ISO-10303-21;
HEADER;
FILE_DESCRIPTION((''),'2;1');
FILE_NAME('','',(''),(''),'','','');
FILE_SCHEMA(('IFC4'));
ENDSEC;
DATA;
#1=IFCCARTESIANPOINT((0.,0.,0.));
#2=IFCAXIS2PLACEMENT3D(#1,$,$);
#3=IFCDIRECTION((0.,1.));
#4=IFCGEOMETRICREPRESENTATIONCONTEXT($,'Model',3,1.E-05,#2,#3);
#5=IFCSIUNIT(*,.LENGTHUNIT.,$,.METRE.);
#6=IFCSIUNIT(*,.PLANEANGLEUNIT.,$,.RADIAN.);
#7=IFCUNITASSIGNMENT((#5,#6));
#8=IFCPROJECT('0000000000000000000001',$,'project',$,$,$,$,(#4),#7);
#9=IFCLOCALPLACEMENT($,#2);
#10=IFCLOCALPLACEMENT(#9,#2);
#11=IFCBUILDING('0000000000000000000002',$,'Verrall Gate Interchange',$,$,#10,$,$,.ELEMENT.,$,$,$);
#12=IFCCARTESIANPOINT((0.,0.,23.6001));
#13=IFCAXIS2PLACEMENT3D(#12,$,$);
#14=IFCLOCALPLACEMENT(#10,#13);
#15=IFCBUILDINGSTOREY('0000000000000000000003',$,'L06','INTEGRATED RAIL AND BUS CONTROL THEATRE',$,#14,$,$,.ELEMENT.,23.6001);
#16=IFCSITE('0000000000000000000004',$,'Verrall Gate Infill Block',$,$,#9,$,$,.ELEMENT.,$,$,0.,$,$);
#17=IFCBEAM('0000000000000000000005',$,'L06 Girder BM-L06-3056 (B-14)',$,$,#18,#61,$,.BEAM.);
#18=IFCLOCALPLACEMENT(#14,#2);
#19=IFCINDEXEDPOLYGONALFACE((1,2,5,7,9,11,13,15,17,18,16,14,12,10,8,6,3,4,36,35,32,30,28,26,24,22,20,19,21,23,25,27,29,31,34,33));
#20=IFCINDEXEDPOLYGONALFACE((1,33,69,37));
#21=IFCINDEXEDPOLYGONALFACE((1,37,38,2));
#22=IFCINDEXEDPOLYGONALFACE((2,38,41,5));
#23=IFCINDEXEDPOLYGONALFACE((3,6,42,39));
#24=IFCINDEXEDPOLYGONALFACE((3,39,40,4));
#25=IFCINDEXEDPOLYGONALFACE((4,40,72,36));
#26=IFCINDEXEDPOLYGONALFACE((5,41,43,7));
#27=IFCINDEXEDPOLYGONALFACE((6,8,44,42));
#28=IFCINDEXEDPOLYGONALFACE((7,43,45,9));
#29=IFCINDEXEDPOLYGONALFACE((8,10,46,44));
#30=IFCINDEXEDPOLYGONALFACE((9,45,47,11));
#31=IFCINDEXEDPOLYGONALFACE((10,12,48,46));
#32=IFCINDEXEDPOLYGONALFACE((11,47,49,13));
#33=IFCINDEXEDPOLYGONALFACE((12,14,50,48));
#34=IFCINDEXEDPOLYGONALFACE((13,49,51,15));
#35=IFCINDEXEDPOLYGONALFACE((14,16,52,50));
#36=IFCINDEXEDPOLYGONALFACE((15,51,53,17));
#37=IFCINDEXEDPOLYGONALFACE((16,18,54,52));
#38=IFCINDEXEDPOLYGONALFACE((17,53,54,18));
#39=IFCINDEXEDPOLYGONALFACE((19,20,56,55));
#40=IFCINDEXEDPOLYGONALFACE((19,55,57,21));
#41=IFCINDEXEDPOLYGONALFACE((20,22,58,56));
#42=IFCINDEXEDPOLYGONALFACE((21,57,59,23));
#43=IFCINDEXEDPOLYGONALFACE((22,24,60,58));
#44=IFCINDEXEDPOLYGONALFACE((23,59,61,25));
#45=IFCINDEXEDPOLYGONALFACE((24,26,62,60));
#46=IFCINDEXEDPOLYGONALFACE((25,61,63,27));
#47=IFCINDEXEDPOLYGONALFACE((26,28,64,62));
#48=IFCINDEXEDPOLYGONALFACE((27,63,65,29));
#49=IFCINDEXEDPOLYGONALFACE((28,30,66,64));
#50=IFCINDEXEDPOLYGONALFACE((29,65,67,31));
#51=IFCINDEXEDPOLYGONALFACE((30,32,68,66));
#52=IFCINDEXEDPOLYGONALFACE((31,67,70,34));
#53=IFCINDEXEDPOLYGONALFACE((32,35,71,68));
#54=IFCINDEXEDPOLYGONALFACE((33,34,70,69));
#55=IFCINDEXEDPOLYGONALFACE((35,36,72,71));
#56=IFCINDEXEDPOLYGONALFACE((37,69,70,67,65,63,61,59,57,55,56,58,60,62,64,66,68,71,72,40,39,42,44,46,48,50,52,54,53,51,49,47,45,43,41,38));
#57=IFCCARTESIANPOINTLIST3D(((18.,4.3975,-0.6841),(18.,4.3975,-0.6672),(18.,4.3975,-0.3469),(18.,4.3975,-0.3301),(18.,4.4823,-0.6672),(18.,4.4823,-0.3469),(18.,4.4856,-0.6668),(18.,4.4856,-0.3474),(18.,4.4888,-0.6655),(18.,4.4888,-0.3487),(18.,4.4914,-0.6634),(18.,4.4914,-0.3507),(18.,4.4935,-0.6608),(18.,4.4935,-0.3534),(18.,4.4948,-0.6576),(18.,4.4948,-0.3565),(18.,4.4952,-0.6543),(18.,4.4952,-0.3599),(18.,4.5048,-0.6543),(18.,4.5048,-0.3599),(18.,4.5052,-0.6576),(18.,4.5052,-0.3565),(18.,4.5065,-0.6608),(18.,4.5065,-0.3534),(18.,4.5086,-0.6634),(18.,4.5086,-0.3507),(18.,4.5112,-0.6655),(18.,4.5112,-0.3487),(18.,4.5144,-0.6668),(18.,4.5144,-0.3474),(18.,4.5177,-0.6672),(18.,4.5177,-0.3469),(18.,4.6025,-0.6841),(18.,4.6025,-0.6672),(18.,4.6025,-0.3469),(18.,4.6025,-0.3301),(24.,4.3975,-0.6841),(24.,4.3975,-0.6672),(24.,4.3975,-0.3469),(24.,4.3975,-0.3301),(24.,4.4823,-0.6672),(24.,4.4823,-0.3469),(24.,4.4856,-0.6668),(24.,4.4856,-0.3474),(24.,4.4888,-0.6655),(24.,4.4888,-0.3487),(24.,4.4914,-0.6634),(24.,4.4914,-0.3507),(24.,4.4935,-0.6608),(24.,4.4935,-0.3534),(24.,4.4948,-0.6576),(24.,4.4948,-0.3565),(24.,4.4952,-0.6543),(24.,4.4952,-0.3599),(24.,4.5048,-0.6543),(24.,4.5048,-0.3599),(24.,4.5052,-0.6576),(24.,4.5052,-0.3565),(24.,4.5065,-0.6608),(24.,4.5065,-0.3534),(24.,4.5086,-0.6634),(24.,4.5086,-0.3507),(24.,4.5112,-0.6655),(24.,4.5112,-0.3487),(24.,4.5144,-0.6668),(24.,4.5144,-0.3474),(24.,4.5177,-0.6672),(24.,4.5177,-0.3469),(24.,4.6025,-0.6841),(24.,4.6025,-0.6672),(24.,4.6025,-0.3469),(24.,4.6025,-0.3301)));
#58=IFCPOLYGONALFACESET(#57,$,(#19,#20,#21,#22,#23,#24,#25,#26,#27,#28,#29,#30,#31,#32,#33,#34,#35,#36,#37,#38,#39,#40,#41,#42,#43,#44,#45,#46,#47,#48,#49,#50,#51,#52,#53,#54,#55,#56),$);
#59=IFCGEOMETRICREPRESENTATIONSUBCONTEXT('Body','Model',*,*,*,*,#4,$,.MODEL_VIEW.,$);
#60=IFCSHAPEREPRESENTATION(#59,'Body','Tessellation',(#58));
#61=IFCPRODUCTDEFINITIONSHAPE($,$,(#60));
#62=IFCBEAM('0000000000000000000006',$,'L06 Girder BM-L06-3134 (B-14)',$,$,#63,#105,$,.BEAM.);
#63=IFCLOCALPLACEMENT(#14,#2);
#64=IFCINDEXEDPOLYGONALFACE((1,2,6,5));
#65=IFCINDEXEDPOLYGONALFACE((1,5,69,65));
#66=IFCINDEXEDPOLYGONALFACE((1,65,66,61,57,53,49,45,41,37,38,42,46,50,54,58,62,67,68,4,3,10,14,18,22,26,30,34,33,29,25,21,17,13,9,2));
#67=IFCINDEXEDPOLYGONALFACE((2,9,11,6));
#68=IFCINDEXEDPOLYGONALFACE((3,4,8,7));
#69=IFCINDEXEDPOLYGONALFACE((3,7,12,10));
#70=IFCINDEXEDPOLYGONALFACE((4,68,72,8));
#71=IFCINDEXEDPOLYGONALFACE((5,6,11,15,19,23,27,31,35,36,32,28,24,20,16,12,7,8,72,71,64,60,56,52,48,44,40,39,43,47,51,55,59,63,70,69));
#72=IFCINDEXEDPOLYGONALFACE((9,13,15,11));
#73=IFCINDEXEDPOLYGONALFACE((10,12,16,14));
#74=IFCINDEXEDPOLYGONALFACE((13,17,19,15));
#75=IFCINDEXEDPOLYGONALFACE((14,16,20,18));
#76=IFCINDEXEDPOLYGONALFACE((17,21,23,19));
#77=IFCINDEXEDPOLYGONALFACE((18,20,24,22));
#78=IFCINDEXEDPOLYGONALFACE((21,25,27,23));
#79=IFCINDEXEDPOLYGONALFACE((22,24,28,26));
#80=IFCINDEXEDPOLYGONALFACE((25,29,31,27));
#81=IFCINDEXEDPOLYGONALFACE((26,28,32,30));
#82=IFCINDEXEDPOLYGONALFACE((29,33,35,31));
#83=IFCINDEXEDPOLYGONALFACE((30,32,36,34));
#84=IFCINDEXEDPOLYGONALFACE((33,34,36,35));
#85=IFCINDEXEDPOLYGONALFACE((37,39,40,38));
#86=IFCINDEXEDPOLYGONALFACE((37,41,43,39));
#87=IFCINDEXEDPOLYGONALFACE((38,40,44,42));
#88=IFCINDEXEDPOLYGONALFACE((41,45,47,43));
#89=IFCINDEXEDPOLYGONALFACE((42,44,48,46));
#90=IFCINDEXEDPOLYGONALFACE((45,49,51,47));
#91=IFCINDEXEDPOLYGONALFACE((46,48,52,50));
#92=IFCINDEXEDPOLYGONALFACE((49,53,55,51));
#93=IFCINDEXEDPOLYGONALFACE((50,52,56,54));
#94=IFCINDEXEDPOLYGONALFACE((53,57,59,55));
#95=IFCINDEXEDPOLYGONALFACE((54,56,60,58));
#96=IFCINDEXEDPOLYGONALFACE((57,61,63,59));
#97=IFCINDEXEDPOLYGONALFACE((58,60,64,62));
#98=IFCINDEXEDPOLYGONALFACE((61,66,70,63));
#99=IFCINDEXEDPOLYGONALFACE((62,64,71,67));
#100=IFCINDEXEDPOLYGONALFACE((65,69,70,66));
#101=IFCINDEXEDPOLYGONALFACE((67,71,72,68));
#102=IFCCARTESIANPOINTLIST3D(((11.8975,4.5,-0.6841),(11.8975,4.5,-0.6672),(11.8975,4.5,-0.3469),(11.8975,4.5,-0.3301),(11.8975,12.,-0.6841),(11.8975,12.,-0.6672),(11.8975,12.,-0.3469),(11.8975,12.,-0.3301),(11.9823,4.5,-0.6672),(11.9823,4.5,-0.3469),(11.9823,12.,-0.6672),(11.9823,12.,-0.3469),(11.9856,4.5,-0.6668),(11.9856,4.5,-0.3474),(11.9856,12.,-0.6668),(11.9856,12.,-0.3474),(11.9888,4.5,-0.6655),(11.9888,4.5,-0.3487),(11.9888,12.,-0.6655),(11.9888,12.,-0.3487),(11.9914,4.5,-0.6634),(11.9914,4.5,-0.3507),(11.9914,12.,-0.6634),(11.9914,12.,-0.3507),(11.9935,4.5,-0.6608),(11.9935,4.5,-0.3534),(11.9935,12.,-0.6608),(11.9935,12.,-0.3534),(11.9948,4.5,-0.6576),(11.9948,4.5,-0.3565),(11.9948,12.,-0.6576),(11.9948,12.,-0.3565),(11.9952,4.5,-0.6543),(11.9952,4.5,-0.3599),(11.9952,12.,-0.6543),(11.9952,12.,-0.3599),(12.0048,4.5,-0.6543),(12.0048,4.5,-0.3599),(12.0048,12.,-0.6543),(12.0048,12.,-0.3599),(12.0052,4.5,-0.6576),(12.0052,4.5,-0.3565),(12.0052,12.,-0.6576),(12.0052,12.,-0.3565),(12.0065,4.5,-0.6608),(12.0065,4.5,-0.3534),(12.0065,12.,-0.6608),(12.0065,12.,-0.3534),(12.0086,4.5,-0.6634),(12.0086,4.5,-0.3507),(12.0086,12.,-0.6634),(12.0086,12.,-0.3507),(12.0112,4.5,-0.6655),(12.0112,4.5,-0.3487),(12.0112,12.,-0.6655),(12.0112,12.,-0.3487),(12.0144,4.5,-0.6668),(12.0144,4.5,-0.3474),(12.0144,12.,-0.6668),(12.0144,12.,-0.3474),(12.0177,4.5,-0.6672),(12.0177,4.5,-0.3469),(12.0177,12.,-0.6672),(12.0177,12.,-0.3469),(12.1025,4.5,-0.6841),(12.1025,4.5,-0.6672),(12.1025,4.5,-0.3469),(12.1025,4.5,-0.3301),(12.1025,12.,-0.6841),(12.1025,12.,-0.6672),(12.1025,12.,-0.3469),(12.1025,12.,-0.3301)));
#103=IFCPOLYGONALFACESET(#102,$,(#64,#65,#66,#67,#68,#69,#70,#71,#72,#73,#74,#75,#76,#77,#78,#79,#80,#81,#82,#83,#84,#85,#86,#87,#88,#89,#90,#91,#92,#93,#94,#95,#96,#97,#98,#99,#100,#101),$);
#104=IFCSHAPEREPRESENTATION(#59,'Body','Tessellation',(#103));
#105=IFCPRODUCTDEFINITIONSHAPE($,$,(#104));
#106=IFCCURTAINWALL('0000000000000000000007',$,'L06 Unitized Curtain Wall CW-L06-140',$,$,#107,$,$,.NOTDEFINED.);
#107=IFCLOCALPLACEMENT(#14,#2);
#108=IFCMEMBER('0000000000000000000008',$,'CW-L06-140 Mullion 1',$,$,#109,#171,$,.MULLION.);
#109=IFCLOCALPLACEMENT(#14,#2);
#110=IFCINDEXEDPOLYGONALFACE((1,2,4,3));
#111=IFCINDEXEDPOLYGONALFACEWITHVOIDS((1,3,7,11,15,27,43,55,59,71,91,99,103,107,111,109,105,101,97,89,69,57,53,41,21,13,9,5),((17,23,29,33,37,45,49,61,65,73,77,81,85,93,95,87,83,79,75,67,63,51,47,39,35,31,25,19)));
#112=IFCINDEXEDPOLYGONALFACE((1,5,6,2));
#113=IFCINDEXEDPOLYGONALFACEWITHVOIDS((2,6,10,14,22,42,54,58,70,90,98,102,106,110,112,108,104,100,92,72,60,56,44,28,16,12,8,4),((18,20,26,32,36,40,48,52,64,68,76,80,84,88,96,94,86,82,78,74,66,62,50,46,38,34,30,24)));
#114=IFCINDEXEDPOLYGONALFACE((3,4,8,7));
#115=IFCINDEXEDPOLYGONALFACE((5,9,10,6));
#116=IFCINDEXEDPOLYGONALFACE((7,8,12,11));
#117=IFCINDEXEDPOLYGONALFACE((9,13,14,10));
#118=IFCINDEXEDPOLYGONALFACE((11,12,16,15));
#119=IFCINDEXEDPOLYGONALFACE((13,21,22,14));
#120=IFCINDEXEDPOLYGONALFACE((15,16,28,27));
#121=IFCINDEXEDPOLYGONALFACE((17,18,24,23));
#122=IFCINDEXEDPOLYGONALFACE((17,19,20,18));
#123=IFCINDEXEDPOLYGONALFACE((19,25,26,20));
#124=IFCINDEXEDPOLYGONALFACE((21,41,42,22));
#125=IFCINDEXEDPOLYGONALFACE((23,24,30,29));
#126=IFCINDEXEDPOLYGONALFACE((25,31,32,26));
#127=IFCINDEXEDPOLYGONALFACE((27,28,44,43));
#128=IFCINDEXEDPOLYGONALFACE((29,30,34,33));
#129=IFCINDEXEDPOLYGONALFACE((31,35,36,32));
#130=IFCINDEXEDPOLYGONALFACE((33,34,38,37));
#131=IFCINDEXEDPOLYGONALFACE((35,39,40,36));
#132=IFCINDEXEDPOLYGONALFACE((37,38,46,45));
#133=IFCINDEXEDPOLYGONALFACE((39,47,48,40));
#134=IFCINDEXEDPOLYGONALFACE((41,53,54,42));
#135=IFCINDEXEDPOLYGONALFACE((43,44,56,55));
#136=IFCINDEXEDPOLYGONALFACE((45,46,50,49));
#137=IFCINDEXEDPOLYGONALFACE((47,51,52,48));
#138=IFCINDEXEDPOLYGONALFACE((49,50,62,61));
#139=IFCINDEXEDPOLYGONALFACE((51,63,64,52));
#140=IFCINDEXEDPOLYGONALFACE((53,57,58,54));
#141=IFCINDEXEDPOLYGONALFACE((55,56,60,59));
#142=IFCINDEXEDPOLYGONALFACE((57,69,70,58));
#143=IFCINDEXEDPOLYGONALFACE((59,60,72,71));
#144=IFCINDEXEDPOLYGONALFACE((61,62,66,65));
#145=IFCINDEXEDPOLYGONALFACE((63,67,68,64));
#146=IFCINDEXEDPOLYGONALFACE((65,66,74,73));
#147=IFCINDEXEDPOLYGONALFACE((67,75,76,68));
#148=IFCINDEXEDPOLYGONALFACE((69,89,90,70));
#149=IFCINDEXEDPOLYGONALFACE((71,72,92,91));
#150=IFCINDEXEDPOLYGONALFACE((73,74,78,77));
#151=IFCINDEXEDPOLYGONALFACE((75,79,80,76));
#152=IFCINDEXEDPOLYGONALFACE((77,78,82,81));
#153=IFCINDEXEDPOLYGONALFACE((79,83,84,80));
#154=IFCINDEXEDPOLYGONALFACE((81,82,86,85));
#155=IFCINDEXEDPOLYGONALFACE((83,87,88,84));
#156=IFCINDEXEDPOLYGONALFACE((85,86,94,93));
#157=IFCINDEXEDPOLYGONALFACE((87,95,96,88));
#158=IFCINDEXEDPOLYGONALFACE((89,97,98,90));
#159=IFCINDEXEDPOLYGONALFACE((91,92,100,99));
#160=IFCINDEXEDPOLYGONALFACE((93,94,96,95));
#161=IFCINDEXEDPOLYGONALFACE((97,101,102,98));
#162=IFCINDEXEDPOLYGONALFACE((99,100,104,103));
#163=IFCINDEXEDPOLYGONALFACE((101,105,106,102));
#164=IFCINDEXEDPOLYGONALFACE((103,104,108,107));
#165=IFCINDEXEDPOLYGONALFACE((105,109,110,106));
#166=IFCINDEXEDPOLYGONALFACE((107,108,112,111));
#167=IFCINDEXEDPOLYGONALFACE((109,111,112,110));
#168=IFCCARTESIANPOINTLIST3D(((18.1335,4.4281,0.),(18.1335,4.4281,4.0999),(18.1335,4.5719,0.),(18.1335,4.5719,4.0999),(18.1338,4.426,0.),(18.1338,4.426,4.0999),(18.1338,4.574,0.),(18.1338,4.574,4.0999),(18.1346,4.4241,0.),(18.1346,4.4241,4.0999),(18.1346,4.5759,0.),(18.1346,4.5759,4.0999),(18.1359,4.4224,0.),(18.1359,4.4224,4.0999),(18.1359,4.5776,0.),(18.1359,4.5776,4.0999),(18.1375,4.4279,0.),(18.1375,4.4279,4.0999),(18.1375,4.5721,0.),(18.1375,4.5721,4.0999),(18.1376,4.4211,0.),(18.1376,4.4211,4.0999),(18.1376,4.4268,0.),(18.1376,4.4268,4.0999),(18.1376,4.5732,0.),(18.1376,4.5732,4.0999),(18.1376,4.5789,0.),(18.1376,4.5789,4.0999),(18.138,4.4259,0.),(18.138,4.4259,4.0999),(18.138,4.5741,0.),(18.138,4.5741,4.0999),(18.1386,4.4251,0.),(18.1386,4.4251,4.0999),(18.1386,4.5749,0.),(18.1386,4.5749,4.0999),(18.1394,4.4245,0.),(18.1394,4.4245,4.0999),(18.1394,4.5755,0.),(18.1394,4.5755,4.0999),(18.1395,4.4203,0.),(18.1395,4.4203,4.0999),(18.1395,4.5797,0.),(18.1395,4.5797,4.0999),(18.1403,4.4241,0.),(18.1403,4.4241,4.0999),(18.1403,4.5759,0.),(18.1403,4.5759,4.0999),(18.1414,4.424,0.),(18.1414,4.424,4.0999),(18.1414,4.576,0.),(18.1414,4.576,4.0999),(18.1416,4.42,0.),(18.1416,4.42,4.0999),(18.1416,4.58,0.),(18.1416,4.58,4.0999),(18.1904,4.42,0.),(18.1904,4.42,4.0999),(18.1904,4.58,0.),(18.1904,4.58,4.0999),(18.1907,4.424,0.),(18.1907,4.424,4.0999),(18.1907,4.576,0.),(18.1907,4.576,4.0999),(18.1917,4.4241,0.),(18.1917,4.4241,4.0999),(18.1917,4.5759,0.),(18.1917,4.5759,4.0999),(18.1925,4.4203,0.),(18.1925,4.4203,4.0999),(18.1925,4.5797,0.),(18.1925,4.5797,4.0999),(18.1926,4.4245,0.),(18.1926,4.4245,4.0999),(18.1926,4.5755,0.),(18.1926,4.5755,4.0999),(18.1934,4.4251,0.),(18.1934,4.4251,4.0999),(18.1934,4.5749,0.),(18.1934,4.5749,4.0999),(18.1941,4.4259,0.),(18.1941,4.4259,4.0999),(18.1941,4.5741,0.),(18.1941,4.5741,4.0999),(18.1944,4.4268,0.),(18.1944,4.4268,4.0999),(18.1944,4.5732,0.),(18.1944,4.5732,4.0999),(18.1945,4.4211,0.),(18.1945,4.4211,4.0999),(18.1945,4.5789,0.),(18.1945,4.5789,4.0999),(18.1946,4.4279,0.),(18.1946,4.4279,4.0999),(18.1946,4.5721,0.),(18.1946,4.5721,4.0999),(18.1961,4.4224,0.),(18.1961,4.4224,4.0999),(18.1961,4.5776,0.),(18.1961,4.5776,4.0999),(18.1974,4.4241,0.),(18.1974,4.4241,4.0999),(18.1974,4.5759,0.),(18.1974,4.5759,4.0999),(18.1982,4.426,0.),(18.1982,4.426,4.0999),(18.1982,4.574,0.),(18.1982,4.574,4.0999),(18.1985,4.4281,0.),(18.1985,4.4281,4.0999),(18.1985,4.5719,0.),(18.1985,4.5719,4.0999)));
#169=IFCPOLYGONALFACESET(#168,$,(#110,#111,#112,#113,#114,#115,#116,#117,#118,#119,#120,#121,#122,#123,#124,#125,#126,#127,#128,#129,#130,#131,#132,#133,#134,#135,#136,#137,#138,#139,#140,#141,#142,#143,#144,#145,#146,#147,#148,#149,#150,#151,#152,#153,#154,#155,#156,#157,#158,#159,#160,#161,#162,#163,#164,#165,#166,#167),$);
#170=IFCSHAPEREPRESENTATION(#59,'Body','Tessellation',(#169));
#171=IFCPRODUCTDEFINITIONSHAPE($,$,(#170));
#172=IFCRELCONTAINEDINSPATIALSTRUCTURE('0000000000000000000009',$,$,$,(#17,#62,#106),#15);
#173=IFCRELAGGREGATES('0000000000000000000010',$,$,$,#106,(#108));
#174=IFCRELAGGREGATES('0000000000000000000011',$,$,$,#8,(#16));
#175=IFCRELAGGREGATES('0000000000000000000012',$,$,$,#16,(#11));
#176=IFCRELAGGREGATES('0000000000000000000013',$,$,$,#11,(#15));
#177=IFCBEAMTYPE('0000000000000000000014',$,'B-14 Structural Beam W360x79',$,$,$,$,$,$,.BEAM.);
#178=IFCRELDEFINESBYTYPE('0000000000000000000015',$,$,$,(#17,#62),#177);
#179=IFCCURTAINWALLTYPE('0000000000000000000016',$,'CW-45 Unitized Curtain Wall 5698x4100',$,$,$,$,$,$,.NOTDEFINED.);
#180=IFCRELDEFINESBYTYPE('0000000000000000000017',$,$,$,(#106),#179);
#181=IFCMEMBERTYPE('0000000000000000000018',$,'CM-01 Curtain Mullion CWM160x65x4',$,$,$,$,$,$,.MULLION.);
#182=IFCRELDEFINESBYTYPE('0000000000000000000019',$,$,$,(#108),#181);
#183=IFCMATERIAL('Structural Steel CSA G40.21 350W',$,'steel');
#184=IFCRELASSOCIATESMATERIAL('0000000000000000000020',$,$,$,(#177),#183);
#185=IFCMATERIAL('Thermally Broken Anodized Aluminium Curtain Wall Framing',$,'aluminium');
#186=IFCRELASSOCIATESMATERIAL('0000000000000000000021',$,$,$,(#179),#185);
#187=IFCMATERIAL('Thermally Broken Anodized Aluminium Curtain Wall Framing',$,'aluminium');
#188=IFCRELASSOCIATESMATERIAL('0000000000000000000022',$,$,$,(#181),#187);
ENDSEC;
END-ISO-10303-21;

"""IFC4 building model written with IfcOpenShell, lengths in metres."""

from ifc_helpers import new_model, si_unit, direction, frame, origin, origin_2d, place, context, subcontext, project, spatial, hollow_rectangle, i_section, extrude, material, material_profile, profile_set, type_object, element, aggregate, save


model = new_model("IFC4")

# Units and contexts
model_context = context("Model", 3, precision=1e-05, world=origin(), true_north=direction((0.0, 1.0)))
body_context = subcontext(model_context, "Body", "Model", "MODEL_VIEW")
ifc_project = project(units=[si_unit("LENGTHUNIT", "METRE"), si_unit("PLANEANGLEUNIT", "RADIAN")], contexts=[model_context])

# Site, building, storey
site_placement = place(None, origin())
site = spatial("IfcSite", under=ifc_project, at=site_placement, Name="Verrall Gate Infill Block", CompositionType="ELEMENT", RefElevation=0.0)
building_placement = place(site_placement, origin())
building = spatial("IfcBuilding", under=site, at=building_placement, Name="Verrall Gate Interchange", CompositionType="ELEMENT")
storey_placement = place(building_placement, frame((0.0, 0.0, 23.6001)))
storey = spatial("IfcBuildingStorey", under=building, at=storey_placement, Name="L06", Description="INTEGRATED RAIL AND BUS CONTROL THEATRE", CompositionType="ELEMENT", Elevation=23.6001)

# Beams
ifc_material_1 = material(Name="Structural Steel CSA G40.21 350W", Category="steel")
ifc_material_profile_1 = material_profile(ifc_material_1, i_section(OverallWidth=0.2051, OverallDepth=0.354, WebThickness=0.0095, FlangeThickness=0.0168, FilletRadius=0.0129, at=origin_2d()), Name="W360x79")
ifc_profile_set_1 = profile_set([ifc_material_profile_1], Name="Structural Steel CSA G40.21 350W")
beam_type_1 = type_object("IfcBeamType", Name="B-14 Structural Beam W360x79", PredefinedType="BEAM", material=ifc_profile_set_1)
beam_1_placement = place(storey_placement, frame((18.0, 4.5, -0.5071), z_axis=(1.0, 0.0, 0.0), x_axis=(0.0, 1.0, 0.0)))
element("IfcBeam", 1, at=beam_1_placement, inside=storey, type_object=beam_type_1, Name="L06 Girder BM-L06-3056 (B-14)", PredefinedType="BEAM", context=body_context, shape_type="SweptSolid", body=[
    extrude(i_section(OverallWidth=0.2051, OverallDepth=0.354, WebThickness=0.0095, FlangeThickness=0.0168, FilletRadius=0.0129, at=origin_2d()), origin(), (0.0, 0.0, 1.0), 6.0),
])
beam_2_placement = place(storey_placement, frame((12.0, 4.5, -0.5071), z_axis=(0.0, 1.0, 0.0), x_axis=(-1.0, 0.0, 0.0)))
element("IfcBeam", 2, at=beam_2_placement, inside=storey, type_object=beam_type_1, Name="L06 Girder BM-L06-3134 (B-14)", PredefinedType="BEAM", context=body_context, shape_type="SweptSolid", body=[
    extrude(i_section(OverallWidth=0.2051, OverallDepth=0.354, WebThickness=0.0095, FlangeThickness=0.0168, FilletRadius=0.0129, at=origin_2d()), origin(), (0.0, 0.0, 1.0), 7.5),
])

# Curtain wall, member
ifc_material_2 = material(Name="Thermally Broken Anodized Aluminium Curtain Wall Framing", Category="aluminium")
curtain_wall_type = type_object("IfcCurtainWallType", Name="CW-45 Unitized Curtain Wall 5698x4100", PredefinedType="NOTDEFINED", material=ifc_material_2)
curtain_wall_1_placement = place(storey_placement, origin())
curtain_wall_1 = element("IfcCurtainWall", 3, at=curtain_wall_1_placement, inside=storey, type_object=curtain_wall_type, Name="L06 Unitized Curtain Wall CW-L06-140", PredefinedType="NOTDEFINED")
ifc_material_3 = material(Name="Thermally Broken Anodized Aluminium Curtain Wall Framing", Category="aluminium")
ifc_material_profile_2 = material_profile(ifc_material_3, hollow_rectangle(XDim=0.0649, YDim=0.1599, WallThickness=0.0039, InnerFilletRadius=0.0039, OuterFilletRadius=0.0081, at=origin_2d()), Name="CWM160x65x4")
ifc_profile_set_2 = profile_set([ifc_material_profile_2], Name="Thermally Broken Anodized Aluminium Curtain Wall Framing")
member_type_1 = type_object("IfcMemberType", Name="CM-01 Curtain Mullion CWM160x65x4", PredefinedType="MULLION", material=ifc_profile_set_2)
member_1_placement = place(storey_placement, frame((18.166, 4.5, 0.0), z_axis=(0.0, 0.0, 1.0), x_axis=(1.0, 0.0, 0.0)))
member_1 = element("IfcMember", 4, at=member_1_placement, type_object=member_type_1, Name="CW-L06-140 Mullion 1", PredefinedType="MULLION", context=body_context, shape_type="SweptSolid", body=[
    extrude(hollow_rectangle(XDim=0.0649, YDim=0.1599, WallThickness=0.0039, InnerFilletRadius=0.0039, OuterFilletRadius=0.0081, at=origin_2d()), origin(), (0.0, 0.0, 1.0), 4.0999),
])

aggregate(curtain_wall_1, [member_1])

save(model, "model.ifc")
